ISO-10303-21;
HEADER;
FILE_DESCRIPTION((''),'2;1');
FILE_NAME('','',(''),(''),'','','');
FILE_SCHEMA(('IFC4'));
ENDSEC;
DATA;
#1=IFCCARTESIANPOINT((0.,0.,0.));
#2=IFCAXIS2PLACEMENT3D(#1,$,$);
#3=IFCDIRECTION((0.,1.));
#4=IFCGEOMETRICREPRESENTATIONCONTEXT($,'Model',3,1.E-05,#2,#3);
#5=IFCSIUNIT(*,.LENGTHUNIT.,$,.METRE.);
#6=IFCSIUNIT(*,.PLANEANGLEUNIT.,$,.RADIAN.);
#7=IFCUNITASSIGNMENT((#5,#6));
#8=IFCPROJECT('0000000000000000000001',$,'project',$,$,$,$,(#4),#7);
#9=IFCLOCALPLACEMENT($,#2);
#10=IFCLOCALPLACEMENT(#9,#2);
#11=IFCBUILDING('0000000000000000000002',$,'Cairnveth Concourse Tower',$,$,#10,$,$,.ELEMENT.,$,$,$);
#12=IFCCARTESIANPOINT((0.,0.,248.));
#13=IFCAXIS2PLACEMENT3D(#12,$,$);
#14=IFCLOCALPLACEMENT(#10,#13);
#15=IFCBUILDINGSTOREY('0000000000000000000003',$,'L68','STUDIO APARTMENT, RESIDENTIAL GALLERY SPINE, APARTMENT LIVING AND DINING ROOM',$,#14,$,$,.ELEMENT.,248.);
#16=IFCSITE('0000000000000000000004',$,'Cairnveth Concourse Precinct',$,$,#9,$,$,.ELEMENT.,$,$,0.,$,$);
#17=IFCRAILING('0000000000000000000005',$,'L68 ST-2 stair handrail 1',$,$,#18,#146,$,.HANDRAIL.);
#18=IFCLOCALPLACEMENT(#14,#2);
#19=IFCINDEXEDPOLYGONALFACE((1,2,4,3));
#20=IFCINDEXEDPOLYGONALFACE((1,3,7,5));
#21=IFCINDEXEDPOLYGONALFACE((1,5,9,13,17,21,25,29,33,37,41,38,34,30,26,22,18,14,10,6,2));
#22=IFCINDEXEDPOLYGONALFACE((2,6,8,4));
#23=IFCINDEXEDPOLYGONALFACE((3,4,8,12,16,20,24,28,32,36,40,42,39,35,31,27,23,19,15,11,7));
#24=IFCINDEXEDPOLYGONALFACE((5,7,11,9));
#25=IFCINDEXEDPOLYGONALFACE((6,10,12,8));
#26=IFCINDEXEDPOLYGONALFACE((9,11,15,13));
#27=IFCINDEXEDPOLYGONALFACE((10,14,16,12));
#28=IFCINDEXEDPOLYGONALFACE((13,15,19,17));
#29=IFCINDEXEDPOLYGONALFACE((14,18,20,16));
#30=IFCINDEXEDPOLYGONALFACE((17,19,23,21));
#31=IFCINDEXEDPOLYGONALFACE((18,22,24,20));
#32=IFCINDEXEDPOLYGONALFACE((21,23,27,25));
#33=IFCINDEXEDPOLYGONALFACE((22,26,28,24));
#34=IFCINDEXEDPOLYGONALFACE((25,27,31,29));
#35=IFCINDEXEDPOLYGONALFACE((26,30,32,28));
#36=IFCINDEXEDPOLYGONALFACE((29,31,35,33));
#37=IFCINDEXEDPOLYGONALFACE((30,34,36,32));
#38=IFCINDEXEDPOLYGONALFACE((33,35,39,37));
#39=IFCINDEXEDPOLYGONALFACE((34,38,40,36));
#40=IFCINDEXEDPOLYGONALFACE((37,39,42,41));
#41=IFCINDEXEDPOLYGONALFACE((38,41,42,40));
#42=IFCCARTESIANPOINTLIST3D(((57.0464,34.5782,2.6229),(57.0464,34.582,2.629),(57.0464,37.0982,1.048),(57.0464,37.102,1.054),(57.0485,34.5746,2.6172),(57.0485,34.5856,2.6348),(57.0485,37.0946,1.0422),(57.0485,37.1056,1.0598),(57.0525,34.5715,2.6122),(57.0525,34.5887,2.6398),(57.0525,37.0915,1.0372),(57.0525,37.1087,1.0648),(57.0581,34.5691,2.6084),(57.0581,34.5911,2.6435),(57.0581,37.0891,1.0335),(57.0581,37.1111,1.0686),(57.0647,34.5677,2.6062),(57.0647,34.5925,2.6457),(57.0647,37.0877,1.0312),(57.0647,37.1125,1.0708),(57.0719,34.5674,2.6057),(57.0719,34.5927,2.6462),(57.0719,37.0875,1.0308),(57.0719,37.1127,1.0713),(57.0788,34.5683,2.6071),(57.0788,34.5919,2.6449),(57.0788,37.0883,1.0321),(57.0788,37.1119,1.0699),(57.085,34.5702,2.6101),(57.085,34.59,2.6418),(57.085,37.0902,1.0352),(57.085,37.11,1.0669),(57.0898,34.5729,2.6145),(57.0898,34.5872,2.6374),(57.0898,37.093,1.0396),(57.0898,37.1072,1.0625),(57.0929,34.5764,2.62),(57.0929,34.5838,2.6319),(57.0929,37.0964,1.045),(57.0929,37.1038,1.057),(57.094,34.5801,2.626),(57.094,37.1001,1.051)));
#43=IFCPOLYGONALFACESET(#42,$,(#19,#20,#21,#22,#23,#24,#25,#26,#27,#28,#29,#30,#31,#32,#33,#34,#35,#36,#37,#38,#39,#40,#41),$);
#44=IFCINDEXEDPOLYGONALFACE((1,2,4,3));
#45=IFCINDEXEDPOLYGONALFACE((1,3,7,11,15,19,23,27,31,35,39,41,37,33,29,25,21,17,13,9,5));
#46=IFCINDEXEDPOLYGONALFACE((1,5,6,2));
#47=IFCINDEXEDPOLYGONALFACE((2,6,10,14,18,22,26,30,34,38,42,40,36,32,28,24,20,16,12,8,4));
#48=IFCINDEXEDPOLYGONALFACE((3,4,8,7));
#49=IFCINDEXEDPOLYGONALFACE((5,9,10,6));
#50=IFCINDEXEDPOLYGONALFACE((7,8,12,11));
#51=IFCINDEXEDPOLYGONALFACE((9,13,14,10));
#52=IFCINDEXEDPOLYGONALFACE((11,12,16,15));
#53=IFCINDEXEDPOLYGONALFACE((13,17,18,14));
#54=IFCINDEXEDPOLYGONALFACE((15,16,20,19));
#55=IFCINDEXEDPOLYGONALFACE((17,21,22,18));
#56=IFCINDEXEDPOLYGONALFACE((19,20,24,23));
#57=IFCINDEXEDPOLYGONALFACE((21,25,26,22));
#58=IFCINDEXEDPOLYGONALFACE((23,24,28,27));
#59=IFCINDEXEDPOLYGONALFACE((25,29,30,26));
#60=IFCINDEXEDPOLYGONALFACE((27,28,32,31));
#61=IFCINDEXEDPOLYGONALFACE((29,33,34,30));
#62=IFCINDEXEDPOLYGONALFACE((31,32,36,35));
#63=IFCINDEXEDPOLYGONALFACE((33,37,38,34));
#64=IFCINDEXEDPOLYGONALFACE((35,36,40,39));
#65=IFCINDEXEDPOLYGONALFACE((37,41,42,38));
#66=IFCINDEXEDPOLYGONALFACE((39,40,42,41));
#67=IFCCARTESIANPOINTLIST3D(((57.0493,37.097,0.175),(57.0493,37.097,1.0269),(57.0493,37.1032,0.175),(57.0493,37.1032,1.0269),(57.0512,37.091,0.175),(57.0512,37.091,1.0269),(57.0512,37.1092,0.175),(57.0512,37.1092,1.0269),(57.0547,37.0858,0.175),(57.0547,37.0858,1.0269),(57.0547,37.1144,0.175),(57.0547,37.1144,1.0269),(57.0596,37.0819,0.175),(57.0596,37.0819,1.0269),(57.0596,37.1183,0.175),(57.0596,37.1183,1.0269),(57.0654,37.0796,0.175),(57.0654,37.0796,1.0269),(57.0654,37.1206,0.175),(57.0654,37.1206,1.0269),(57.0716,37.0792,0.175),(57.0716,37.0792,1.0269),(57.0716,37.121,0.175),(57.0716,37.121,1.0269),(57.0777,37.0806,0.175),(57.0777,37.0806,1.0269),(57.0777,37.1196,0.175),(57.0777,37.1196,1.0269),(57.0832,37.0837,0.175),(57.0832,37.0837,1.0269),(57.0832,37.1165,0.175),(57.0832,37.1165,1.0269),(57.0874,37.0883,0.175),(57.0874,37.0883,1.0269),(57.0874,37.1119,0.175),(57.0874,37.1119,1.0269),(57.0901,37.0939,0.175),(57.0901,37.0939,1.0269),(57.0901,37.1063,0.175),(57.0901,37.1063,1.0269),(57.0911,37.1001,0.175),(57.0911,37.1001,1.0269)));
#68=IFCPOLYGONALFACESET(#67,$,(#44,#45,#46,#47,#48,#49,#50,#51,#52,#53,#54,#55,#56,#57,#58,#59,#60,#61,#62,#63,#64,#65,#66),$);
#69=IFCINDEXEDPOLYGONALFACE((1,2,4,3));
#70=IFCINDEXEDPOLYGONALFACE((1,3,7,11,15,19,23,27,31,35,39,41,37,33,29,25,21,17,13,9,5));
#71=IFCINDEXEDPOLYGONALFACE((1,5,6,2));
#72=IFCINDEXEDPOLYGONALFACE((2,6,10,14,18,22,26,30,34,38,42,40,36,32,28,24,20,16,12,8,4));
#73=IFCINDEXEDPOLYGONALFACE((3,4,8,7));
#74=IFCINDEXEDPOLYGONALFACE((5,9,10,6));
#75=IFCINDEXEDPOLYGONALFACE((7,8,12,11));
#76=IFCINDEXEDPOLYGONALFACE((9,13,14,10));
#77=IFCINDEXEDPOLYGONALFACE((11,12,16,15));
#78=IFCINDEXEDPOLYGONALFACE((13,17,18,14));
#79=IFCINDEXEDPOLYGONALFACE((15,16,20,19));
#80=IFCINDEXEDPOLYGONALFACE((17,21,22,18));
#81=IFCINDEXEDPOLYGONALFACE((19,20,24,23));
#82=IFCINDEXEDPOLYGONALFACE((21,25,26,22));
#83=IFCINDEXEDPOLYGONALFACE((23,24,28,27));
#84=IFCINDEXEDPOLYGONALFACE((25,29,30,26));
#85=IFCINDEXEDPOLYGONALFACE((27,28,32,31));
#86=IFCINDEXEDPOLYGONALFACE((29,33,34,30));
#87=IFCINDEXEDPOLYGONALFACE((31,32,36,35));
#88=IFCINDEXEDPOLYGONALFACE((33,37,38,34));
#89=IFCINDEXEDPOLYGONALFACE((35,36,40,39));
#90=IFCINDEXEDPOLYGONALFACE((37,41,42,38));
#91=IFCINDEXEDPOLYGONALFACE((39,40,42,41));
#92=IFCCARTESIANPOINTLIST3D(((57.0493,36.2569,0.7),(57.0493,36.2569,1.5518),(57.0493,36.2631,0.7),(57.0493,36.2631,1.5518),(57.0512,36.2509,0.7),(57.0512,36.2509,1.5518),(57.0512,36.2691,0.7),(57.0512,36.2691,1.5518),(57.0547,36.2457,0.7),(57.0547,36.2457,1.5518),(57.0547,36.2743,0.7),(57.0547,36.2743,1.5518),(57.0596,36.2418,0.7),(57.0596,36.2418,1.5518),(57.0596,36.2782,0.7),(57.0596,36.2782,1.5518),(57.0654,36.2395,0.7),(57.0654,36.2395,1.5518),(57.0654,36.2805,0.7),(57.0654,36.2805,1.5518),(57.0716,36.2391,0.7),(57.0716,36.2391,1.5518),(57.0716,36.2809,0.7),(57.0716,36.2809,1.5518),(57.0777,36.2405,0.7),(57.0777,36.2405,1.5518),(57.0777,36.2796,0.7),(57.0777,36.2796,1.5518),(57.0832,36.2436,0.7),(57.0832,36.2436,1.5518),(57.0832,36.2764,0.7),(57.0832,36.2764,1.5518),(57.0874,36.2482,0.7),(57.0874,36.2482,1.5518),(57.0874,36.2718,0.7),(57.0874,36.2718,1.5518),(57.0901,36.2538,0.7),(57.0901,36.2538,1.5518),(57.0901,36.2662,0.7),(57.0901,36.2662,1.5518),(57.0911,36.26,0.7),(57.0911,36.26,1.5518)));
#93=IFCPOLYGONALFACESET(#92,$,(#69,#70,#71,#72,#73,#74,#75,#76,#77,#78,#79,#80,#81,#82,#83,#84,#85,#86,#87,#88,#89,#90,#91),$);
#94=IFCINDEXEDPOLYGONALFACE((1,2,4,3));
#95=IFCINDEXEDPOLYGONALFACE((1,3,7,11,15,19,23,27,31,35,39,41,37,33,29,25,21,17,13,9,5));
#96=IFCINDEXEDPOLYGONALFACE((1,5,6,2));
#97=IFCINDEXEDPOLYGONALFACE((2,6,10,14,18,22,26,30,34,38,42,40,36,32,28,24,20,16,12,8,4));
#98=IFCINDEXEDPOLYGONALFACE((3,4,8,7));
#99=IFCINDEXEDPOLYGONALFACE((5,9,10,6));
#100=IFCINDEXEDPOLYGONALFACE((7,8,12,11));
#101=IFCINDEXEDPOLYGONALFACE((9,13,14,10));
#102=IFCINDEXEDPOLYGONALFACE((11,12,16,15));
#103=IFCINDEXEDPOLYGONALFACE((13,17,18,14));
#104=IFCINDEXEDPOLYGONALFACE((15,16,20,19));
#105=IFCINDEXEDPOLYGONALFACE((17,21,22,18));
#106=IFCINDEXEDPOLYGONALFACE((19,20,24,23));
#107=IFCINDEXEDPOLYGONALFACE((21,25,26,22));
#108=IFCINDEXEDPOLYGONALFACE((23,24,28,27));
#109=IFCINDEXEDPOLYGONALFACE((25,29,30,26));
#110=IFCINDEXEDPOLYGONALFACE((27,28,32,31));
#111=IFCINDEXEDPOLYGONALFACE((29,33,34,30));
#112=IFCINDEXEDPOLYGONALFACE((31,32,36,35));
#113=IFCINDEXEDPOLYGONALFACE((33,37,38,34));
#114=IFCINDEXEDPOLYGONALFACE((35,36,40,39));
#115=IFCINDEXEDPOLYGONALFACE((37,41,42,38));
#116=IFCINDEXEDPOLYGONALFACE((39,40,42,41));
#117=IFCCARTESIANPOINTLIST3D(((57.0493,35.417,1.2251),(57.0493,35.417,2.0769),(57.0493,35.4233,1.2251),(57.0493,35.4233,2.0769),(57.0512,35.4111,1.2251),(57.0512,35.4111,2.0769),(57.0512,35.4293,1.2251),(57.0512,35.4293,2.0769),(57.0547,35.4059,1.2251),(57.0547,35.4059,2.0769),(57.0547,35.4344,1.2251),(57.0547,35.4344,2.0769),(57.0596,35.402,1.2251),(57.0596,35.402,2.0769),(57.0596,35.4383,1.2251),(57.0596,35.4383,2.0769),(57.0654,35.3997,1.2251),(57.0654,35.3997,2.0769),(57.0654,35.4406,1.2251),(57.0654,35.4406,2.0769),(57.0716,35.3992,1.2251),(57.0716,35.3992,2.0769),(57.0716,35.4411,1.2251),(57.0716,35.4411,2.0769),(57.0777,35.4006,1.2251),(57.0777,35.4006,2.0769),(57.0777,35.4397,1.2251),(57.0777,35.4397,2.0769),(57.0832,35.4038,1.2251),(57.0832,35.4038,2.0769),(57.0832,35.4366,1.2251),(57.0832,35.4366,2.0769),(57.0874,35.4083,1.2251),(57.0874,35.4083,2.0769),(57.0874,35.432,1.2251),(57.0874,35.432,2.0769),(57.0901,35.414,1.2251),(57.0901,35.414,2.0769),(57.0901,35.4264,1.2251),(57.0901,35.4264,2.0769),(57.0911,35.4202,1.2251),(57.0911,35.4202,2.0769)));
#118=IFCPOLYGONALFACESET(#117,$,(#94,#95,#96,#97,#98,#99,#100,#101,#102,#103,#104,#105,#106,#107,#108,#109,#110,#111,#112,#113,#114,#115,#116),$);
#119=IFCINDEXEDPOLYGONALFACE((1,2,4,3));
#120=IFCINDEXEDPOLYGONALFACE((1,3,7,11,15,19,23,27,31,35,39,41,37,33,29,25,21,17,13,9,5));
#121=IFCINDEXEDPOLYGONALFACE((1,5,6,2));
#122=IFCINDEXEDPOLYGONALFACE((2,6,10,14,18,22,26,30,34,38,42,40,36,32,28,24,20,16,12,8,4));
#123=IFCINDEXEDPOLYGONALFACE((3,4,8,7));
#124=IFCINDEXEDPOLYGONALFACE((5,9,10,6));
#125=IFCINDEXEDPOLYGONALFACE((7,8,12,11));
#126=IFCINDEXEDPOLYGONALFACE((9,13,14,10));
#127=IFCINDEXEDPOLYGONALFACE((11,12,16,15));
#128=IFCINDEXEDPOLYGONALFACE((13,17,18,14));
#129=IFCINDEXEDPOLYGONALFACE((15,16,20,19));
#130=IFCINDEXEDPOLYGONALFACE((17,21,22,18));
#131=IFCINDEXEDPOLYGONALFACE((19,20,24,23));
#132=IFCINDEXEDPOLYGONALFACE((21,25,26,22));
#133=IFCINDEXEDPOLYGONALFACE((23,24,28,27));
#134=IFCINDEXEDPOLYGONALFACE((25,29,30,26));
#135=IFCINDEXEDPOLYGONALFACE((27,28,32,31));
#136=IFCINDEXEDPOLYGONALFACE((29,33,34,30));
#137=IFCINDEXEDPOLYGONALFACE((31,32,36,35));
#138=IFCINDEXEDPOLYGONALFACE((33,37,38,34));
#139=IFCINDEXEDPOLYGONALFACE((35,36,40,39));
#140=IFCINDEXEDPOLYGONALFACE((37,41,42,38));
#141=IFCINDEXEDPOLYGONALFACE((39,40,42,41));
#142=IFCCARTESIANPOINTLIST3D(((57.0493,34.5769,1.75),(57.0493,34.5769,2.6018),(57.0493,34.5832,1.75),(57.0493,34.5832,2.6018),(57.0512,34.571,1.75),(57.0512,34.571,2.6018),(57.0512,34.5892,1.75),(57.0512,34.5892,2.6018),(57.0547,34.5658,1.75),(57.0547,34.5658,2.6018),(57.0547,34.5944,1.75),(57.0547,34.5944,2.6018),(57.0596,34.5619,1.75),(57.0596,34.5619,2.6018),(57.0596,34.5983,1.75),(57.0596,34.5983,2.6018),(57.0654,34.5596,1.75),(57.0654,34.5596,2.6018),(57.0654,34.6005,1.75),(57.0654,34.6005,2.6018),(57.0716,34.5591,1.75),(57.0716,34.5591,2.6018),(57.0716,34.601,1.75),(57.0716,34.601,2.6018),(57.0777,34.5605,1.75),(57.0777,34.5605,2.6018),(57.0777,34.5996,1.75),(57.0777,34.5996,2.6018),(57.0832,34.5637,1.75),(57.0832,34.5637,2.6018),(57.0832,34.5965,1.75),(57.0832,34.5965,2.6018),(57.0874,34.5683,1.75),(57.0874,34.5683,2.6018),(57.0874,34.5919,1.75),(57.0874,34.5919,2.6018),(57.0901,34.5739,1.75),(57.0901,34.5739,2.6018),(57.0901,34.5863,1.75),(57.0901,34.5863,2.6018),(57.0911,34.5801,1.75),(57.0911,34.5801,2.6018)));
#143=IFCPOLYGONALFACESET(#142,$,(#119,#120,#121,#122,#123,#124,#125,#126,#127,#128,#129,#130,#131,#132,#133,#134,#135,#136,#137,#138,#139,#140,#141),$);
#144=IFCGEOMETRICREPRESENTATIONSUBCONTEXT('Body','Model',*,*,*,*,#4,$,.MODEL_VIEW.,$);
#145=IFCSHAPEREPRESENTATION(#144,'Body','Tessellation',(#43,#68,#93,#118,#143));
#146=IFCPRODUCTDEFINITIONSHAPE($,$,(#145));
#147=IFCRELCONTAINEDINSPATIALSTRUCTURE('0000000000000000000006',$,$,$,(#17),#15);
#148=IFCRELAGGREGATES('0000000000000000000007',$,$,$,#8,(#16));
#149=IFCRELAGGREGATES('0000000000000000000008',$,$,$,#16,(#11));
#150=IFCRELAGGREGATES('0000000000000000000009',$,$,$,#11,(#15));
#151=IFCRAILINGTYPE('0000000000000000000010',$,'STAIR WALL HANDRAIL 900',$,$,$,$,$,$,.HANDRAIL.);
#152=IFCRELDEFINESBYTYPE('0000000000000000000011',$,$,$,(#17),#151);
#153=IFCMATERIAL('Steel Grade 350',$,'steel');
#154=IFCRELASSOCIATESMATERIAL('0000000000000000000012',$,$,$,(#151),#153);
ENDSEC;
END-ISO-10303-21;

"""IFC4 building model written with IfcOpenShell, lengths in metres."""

from ifc_helpers import new_model, si_unit, direction, frame, origin, origin_2d, place, context, subcontext, project, spatial, circle, extrude, material, type_object, element, save


model = new_model("IFC4")

# Units and contexts
model_context = context("Model", 3, precision=1e-05, world=origin(), true_north=direction((0.0, 1.0)))
body_context = subcontext(model_context, "Body", "Model", "MODEL_VIEW")
ifc_project = project(units=[si_unit("LENGTHUNIT", "METRE"), si_unit("PLANEANGLEUNIT", "RADIAN")], contexts=[model_context])

# Site, building, storey
site_placement = place(None, origin())
site = spatial("IfcSite", under=ifc_project, at=site_placement, Name="Cairnveth Concourse Precinct", CompositionType="ELEMENT", RefElevation=0.0)
building_placement = place(site_placement, origin())
building = spatial("IfcBuilding", under=site, at=building_placement, Name="Cairnveth Concourse Tower", CompositionType="ELEMENT")
storey_placement = place(building_placement, frame((0.0, 0.0, 248.0)))
storey = spatial("IfcBuildingStorey", under=building, at=storey_placement, Name="L68", Description="STUDIO APARTMENT, RESIDENTIAL GALLERY SPINE, APARTMENT LIVING AND DINING ROOM", CompositionType="ELEMENT", Elevation=248.0)

# Shared definitions
ifc_material_1 = material(Name="Steel Grade 350", Category="steel")

# Railing
railing_type_1 = type_object("IfcRailingType", Name="STAIR WALL HANDRAIL 900", PredefinedType="HANDRAIL", material=ifc_material_1)
railing_1_placement = place(storey_placement, frame((57.0701, 37.1001, 0.175)))
element("IfcRailing", 1, at=railing_1_placement, inside=storey, type_object=railing_type_1, Name="L68 ST-2 stair handrail 1", PredefinedType="HANDRAIL", context=body_context, shape_type="SweptSolid", body=[
    extrude(circle(Radius=0.0239, at=origin_2d()), frame((0.0, 0.0, 0.876), z_axis=(0.0, -0.848008, 0.529984), x_axis=(1.0, 0.0, 0.0)), (0.0, 0.0, 1.0), 2.9717),
    extrude(circle(Radius=0.021, at=origin_2d()), origin(), (0.0, 0.0, 1.0), 0.8518),
    extrude(circle(Radius=0.021, at=origin_2d()), frame((0.0, -0.8401, 0.5249)), (0.0, 0.0, 1.0), 0.8518),
    extrude(circle(Radius=0.021, at=origin_2d()), frame((0.0, -1.6799, 1.05)), (0.0, 0.0, 1.0), 0.8518),
    extrude(circle(Radius=0.021, at=origin_2d()), frame((0.0, -2.52, 1.575)), (0.0, 0.0, 1.0), 0.8518),
])

save(model, "model.ifc")
